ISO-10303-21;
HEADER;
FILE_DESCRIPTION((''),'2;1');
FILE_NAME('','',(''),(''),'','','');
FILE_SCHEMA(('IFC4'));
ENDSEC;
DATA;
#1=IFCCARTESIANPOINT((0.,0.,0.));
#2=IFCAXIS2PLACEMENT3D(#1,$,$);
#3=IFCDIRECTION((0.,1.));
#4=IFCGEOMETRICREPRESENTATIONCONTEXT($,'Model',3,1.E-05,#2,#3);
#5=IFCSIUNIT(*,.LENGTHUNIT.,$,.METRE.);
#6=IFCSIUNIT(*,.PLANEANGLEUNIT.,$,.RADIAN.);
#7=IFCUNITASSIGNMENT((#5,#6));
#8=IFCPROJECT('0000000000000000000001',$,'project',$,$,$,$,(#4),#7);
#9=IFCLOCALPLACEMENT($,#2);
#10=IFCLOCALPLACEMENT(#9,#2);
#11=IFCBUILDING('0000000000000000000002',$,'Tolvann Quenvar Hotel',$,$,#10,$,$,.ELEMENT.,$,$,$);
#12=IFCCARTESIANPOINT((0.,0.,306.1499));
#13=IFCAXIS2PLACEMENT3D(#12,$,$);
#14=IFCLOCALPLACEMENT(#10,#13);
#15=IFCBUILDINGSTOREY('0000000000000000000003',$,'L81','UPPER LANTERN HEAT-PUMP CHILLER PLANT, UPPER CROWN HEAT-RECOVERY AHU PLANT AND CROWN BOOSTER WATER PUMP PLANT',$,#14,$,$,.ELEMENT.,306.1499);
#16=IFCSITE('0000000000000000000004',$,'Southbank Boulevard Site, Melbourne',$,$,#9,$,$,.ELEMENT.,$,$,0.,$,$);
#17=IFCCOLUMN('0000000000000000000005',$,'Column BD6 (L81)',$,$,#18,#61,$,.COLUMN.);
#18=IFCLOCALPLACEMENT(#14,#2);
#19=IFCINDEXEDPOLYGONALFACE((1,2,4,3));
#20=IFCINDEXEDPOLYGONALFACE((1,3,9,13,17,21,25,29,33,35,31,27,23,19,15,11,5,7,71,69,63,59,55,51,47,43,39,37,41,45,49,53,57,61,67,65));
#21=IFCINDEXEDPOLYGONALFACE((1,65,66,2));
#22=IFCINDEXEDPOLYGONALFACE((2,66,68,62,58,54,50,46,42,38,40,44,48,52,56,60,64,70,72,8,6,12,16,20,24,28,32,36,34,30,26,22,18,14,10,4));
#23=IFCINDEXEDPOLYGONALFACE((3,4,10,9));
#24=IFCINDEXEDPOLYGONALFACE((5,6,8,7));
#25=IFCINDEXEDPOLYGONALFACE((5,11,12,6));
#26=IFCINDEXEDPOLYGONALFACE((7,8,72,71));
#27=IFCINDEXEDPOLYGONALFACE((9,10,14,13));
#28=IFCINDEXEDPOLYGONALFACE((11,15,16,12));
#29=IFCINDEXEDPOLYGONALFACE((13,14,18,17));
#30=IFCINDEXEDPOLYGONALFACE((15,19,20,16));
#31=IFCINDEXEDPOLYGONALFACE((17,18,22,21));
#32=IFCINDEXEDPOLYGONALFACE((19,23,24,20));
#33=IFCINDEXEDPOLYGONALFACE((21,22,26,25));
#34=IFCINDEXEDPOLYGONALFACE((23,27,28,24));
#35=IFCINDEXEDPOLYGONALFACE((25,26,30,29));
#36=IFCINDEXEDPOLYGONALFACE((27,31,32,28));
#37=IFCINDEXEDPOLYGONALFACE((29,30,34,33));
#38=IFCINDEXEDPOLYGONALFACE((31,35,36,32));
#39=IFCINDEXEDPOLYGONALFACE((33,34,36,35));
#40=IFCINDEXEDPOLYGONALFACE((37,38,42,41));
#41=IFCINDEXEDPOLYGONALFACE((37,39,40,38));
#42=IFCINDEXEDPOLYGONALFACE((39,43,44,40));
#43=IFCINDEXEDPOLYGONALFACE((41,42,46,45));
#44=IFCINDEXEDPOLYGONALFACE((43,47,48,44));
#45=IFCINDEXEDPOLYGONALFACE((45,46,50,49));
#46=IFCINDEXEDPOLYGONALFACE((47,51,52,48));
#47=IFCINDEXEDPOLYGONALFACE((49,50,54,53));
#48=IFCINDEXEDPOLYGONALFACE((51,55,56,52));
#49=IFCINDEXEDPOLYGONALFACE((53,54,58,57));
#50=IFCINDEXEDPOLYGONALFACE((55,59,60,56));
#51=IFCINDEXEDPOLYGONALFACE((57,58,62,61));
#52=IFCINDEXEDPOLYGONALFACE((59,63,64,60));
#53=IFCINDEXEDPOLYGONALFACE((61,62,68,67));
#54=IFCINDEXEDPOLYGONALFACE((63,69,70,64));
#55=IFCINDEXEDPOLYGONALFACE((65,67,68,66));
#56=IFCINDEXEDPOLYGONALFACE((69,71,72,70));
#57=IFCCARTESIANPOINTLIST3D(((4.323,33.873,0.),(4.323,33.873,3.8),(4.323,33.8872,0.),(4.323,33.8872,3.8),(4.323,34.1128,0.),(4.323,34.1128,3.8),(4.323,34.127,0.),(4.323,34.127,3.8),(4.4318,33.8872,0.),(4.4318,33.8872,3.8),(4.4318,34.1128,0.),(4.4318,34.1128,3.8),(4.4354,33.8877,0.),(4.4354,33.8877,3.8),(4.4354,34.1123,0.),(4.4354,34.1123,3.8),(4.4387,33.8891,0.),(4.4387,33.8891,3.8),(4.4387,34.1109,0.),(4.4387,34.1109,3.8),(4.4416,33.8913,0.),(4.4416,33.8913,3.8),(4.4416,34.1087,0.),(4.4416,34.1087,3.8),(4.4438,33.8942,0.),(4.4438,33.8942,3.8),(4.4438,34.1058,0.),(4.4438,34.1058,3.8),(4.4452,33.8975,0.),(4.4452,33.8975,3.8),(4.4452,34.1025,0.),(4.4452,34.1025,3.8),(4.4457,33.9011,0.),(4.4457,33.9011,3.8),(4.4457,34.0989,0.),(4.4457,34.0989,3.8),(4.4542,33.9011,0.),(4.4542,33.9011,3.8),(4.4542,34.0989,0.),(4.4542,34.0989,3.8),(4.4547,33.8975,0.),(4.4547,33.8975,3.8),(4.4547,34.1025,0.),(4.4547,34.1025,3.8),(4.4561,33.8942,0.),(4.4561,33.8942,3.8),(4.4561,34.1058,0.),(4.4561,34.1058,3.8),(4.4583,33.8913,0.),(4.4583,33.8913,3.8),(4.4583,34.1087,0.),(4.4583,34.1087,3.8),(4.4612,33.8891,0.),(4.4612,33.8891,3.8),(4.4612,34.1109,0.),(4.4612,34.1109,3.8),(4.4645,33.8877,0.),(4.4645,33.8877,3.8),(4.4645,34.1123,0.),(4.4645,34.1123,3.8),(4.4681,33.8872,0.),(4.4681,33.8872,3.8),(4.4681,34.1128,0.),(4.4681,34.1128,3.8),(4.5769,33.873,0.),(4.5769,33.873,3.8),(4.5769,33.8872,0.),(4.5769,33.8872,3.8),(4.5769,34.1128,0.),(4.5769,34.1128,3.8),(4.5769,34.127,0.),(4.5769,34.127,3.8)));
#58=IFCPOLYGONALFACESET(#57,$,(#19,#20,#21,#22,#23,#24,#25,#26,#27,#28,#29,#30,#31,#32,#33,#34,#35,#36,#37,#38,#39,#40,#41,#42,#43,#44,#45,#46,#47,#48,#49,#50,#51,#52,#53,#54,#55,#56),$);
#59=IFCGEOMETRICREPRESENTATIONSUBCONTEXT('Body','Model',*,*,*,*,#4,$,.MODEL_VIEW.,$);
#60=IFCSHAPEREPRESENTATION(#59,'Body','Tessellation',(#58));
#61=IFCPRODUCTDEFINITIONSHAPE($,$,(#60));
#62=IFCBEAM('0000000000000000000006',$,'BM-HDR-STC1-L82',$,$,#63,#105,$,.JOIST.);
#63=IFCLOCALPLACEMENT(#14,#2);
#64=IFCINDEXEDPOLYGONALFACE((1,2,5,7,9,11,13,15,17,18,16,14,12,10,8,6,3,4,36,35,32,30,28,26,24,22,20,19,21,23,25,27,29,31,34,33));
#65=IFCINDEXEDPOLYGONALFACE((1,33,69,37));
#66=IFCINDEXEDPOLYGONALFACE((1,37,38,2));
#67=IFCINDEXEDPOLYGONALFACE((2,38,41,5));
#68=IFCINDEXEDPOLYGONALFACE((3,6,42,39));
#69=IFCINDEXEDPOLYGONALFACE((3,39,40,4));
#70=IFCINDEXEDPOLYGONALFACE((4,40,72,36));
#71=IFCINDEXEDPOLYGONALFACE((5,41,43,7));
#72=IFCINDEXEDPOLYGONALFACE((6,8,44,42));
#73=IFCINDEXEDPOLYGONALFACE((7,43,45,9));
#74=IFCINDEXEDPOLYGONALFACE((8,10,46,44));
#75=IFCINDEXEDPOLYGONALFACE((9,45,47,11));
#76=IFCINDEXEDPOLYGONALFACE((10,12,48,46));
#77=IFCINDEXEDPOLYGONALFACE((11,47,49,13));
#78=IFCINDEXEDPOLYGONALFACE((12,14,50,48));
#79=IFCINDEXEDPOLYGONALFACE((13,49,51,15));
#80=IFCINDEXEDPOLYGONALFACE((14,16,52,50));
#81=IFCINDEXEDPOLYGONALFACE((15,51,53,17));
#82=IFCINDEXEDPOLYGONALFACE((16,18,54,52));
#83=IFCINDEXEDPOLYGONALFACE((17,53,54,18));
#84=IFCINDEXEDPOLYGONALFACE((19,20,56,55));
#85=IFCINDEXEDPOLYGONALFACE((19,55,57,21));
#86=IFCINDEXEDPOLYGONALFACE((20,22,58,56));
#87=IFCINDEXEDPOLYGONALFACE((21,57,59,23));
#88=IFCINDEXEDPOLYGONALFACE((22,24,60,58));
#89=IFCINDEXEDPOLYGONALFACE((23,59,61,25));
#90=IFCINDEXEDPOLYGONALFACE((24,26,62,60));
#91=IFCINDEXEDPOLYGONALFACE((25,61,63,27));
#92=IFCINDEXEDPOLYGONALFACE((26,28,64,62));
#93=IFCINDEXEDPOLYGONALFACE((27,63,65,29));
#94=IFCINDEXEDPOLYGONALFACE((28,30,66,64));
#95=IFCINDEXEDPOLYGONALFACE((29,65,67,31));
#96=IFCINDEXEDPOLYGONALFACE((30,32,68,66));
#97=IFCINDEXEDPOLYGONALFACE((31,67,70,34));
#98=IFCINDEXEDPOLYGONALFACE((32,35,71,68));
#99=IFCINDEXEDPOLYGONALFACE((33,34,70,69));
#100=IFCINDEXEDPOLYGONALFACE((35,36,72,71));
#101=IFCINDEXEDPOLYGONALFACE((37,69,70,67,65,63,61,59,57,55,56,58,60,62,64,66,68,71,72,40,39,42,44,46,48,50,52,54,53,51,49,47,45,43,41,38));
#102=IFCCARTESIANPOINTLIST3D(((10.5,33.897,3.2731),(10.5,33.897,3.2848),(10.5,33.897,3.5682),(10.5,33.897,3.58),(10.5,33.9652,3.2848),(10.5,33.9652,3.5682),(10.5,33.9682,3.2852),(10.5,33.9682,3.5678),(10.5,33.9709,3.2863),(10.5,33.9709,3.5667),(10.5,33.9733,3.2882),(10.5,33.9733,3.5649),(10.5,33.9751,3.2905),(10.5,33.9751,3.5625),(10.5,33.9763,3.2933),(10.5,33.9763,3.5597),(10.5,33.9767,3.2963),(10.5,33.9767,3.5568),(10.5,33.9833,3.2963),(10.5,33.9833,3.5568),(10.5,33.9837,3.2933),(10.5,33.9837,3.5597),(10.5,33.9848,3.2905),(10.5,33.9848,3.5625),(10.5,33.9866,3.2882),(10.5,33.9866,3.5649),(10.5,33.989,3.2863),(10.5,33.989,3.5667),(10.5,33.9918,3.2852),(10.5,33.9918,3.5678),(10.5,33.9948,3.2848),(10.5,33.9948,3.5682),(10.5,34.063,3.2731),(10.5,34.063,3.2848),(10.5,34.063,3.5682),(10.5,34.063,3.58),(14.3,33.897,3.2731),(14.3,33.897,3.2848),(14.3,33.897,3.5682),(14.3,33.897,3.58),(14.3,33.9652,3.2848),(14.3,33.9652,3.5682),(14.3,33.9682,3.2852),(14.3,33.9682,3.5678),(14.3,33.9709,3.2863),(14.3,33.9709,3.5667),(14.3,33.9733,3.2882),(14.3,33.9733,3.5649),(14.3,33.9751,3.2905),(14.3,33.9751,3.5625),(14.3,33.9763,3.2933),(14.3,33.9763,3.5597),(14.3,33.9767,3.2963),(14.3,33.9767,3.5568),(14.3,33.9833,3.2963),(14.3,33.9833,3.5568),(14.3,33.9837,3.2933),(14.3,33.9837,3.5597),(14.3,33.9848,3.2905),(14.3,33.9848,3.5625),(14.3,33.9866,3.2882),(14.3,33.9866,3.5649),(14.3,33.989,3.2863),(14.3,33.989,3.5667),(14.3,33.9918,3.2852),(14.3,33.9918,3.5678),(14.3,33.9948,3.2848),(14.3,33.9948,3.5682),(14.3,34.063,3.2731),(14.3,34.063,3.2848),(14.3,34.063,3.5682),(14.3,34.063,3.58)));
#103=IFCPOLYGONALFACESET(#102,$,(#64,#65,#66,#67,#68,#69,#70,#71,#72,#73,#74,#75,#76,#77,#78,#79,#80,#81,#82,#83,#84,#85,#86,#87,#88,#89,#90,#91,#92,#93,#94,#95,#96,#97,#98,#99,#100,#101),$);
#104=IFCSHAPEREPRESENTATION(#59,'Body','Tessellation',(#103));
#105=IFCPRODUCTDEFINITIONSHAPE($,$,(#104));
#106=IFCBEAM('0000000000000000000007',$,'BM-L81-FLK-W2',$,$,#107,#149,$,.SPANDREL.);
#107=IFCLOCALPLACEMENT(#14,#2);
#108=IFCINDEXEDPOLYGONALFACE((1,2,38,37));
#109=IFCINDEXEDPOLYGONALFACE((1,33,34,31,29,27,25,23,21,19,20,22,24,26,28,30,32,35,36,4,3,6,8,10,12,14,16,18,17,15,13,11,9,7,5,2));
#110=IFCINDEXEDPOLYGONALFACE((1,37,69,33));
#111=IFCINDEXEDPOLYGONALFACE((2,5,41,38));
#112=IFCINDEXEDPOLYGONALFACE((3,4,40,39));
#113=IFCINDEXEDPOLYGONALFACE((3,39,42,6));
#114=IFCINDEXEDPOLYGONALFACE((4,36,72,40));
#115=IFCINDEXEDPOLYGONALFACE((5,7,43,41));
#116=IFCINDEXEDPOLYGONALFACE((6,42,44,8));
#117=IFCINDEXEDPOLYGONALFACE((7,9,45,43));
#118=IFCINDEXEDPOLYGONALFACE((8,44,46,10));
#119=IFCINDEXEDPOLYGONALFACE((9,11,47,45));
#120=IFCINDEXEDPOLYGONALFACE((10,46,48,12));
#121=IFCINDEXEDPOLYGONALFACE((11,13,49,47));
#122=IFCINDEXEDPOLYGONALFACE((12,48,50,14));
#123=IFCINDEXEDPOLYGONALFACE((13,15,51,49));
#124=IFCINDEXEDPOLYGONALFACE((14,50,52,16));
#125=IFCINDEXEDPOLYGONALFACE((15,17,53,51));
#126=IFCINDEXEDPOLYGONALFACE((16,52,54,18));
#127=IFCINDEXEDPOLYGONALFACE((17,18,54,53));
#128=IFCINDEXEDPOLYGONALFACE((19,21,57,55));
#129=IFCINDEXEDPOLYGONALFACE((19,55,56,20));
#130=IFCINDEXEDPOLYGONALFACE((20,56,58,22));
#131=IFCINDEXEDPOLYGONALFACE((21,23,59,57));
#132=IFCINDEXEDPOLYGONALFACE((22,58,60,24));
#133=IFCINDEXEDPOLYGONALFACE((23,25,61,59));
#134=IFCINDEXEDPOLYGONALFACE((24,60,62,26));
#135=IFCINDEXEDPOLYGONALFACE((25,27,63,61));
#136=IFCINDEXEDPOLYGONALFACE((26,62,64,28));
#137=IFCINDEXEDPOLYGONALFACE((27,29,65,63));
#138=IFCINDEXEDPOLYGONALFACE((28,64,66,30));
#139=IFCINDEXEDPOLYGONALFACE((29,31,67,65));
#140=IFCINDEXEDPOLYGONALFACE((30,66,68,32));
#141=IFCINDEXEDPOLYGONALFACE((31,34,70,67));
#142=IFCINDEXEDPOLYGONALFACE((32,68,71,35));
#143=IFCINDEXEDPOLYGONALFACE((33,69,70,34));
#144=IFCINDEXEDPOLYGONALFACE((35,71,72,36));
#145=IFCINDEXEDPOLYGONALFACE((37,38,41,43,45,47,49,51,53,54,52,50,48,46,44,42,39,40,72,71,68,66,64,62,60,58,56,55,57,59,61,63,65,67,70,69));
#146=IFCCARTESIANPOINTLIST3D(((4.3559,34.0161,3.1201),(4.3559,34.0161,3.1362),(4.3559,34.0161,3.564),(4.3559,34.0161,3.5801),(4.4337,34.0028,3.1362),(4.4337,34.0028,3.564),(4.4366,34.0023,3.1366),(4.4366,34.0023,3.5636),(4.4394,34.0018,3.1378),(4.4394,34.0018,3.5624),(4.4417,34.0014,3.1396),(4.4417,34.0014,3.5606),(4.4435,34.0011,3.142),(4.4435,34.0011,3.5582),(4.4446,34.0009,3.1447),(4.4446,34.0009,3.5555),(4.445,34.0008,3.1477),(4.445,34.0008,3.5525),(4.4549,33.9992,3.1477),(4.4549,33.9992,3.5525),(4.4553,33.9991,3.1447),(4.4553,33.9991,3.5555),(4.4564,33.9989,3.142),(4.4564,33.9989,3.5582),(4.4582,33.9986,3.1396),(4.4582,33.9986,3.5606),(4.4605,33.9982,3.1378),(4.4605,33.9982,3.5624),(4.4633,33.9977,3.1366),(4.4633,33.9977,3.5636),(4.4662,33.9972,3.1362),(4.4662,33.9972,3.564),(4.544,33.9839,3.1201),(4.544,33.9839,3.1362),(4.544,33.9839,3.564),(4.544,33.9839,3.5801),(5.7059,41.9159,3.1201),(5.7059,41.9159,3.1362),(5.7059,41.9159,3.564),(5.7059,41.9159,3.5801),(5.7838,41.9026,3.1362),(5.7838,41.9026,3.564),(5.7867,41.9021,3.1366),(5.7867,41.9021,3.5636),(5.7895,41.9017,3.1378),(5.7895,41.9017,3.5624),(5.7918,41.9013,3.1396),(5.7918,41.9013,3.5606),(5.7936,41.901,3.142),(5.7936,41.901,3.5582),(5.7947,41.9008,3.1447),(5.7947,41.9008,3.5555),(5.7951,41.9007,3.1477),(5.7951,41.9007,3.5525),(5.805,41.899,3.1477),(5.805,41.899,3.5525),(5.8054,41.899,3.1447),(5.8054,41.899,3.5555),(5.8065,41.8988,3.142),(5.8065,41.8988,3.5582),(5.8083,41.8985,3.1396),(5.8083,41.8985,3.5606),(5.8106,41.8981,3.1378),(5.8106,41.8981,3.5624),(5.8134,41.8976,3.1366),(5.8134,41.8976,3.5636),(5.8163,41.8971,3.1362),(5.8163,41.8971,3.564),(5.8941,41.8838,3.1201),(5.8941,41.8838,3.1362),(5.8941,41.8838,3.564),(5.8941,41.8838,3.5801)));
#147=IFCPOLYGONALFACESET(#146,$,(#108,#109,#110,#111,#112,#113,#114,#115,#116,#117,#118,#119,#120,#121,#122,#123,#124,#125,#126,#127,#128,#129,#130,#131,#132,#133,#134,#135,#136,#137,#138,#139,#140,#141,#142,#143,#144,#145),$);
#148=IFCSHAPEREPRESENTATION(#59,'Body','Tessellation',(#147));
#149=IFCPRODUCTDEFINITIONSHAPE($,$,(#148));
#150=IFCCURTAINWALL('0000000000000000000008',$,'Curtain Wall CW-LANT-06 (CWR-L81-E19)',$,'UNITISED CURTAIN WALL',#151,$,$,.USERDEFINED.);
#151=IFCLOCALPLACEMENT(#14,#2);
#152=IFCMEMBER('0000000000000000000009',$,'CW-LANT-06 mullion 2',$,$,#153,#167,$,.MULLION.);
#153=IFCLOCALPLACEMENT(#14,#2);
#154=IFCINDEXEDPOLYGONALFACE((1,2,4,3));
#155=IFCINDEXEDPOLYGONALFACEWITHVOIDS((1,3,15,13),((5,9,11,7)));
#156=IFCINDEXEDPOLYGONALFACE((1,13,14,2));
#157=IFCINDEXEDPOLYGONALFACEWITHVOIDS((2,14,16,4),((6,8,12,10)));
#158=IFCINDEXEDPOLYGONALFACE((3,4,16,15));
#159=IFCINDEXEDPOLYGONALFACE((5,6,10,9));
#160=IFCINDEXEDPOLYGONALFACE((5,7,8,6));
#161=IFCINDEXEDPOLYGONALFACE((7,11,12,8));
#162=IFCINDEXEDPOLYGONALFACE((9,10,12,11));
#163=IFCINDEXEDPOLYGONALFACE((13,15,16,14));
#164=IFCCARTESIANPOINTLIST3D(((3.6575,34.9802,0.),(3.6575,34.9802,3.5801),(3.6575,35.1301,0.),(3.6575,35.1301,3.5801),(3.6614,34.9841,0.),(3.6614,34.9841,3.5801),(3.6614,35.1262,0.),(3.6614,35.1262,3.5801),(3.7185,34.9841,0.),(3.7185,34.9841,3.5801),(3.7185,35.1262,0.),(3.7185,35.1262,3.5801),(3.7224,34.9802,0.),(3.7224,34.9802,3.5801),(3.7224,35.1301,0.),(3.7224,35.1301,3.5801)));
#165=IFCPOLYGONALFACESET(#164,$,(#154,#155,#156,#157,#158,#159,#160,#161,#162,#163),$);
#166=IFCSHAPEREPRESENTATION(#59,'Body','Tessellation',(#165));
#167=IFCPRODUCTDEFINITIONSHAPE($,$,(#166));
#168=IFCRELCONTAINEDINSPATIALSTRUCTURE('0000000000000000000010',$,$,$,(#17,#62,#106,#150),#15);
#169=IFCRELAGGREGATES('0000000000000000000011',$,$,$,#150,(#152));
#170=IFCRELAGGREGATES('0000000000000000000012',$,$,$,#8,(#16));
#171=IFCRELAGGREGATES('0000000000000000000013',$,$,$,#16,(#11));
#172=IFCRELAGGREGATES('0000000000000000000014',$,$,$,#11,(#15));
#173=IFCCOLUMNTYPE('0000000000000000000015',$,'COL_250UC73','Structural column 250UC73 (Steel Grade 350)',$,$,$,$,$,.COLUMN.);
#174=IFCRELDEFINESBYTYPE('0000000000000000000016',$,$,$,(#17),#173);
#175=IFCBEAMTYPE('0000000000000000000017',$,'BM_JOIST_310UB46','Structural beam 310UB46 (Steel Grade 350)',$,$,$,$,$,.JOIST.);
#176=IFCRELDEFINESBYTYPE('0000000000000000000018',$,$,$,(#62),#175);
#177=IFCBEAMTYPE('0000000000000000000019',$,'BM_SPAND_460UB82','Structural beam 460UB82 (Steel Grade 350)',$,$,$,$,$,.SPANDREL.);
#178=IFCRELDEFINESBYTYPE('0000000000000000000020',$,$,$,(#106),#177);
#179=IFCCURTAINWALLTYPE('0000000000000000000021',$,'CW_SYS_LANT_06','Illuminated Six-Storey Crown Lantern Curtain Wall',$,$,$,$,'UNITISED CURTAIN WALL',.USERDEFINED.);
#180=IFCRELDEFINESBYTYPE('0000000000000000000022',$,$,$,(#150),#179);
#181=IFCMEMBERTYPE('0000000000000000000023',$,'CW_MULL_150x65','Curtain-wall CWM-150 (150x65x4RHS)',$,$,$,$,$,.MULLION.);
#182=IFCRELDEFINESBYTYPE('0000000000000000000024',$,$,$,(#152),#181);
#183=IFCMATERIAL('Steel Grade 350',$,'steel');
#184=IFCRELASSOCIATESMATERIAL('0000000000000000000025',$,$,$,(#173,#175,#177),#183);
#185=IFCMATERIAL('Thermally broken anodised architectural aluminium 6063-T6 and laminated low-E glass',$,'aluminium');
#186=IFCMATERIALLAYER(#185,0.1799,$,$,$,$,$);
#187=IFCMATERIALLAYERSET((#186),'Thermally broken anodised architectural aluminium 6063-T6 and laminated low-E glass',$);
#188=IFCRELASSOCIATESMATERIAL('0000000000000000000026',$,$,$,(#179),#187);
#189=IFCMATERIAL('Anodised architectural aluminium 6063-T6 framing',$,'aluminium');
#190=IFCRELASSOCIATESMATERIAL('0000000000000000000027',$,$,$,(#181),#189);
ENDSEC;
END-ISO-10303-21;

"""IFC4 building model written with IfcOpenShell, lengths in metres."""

from ifc_helpers import new_model, si_unit, direction, frame, origin, origin_2d, place, context, subcontext, project, spatial, hollow_rectangle, i_section, extrude, source, transform, mapped, material, layer, layer_set, material_profile, profile_set, type_object, type_shapes, element, aggregate, save


model = new_model("IFC4")

# Units and contexts
model_context = context("Model", 3, precision=1e-05, world=origin(), true_north=direction((0.0, 1.0)))
body_context = subcontext(model_context, "Body", "Model", "MODEL_VIEW")
ifc_project = project(units=[si_unit("LENGTHUNIT", "METRE"), si_unit("PLANEANGLEUNIT", "RADIAN")], contexts=[model_context])

# Site, building, storey
site_placement = place(None, origin())
site = spatial("IfcSite", under=ifc_project, at=site_placement, Name="Southbank Boulevard Site, Melbourne", CompositionType="ELEMENT", RefElevation=0.0)
building_placement = place(site_placement, origin())
building = spatial("IfcBuilding", under=site, at=building_placement, Name="Tolvann Quenvar Hotel", CompositionType="ELEMENT")
storey_placement = place(building_placement, frame((0.0, 0.0, 306.1499)))
storey = spatial("IfcBuildingStorey", under=building, at=storey_placement, Name="L81", Description="UPPER LANTERN HEAT-PUMP CHILLER PLANT, UPPER CROWN HEAT-RECOVERY AHU PLANT AND CROWN BOOSTER WATER PUMP PLANT", CompositionType="ELEMENT", Elevation=306.1499)

# Column
ifc_material_1 = material(Name="Steel Grade 350", Category="steel")
ifc_material_profile_1 = material_profile(ifc_material_1, i_section(OverallWidth=0.2539, OverallDepth=0.2539, WebThickness=0.0085, FlangeThickness=0.0142, FilletRadius=0.0139, at=origin_2d()), Name="250UC73")
ifc_profile_set_1 = profile_set([ifc_material_profile_1], Name="Steel Grade 350")
column_type = type_object("IfcColumnType", Name="COL_250UC73", Description="Structural column 250UC73 (Steel Grade 350)", PredefinedType="COLUMN", material=ifc_profile_set_1)
shared_shape_1 = source(origin(), body_context, "Body", "SweptSolid", [
    extrude(i_section(OverallWidth=0.2539, OverallDepth=0.2539, WebThickness=0.0085, FlangeThickness=0.0142, FilletRadius=0.0139, at=origin_2d()), origin(), (0.0, 0.0, 1.0), 3.8),
])
type_shapes(column_type, [shared_shape_1])
column_placement = place(storey_placement, frame((4.45, 34.0, 0.0), z_axis=(0.0, 0.0, 1.0), x_axis=(1.0, 0.0, 0.0)))
element("IfcColumn", 1, at=column_placement, inside=storey, type_object=column_type, Name="Column BD6 (L81)", PredefinedType="COLUMN", context=body_context, shape_type="MappedRepresentation", body=[
    mapped(shared_shape_1, transform((0.0, 0.0, 0.0), x_axis=(1.0, 0.0, 0.0), y_axis=(0.0, 1.0, 0.0), z_axis=(0.0, 0.0, 1.0), scale=1.0)),
])

# Beams
ifc_material_profile_2 = material_profile(ifc_material_1, i_section(OverallWidth=0.166, OverallDepth=0.3069, WebThickness=0.0066, FlangeThickness=0.0117, FilletRadius=0.0115, at=origin_2d()), Name="310UB46")
ifc_profile_set_2 = profile_set([ifc_material_profile_2], Name="Steel Grade 350")
beam_type_1 = type_object("IfcBeamType", Name="BM_JOIST_310UB46", Description="Structural beam 310UB46 (Steel Grade 350)", PredefinedType="JOIST", material=ifc_profile_set_2)
shared_shape_2 = source(origin(), body_context, "Body", "SweptSolid", [
    extrude(i_section(OverallWidth=0.166, OverallDepth=0.3069, WebThickness=0.0066, FlangeThickness=0.0117, FilletRadius=0.0115, at=origin_2d()), origin(), (0.0, 0.0, 1.0), 3.8),
])
type_shapes(beam_type_1, [shared_shape_2])
beam_1_placement = place(storey_placement, frame((10.5, 33.98, 3.4265), z_axis=(1.0, 0.0, 0.0), x_axis=(0.0, 1.0, 0.0)))
element("IfcBeam", 2, at=beam_1_placement, inside=storey, type_object=beam_type_1, Name="BM-HDR-STC1-L82", PredefinedType="JOIST", context=body_context, shape_type="MappedRepresentation", body=[
    mapped(shared_shape_2, transform((0.0, 0.0, 0.0), x_axis=(1.0, 0.0, 0.0), y_axis=(0.0, 1.0, 0.0), z_axis=(0.0, 0.0, 1.0), scale=1.0)),
])
ifc_material_profile_3 = material_profile(ifc_material_1, i_section(OverallWidth=0.1909, OverallDepth=0.46, WebThickness=0.01, FlangeThickness=0.0161, FilletRadius=0.0115, at=origin_2d()), Name="460UB82")
ifc_profile_set_3 = profile_set([ifc_material_profile_3], Name="Steel Grade 350")
beam_type_2 = type_object("IfcBeamType", Name="BM_SPAND_460UB82", Description="Structural beam 460UB82 (Steel Grade 350)", PredefinedType="SPANDREL", material=ifc_profile_set_3)
shared_shape_3 = source(origin(), body_context, "Body", "SweptSolid", [
    extrude(i_section(OverallWidth=0.1909, OverallDepth=0.46, WebThickness=0.01, FlangeThickness=0.0161, FilletRadius=0.0115, at=origin_2d()), origin(), (0.0, 0.0, 1.0), 8.0144),
])
type_shapes(beam_type_2, [shared_shape_3])
beam_2_placement = place(storey_placement, frame((4.45, 34.0, 3.3501), z_axis=(0.168458, 0.985709, 0.0), x_axis=(-0.985709, 0.168458, 0.0)))
element("IfcBeam", 3, at=beam_2_placement, inside=storey, type_object=beam_type_2, Name="BM-L81-FLK-W2", PredefinedType="SPANDREL", context=body_context, shape_type="MappedRepresentation", body=[
    mapped(shared_shape_3, transform((0.0, 0.0, 0.0), x_axis=(1.0, 0.0, 0.0), y_axis=(0.0, 1.0, 0.0), z_axis=(0.0, 0.0, 1.0), scale=1.0)),
])

# Curtain wall, member
ifc_material_2 = material(Name="Thermally broken anodised architectural aluminium 6063-T6 and laminated low-E glass", Category="aluminium")
ifc_layer_1 = layer(ifc_material_2, 0.1799)
ifc_layer_set_1 = layer_set([ifc_layer_1], Name="Thermally broken anodised architectural aluminium 6063-T6 and laminated low-E glass")
curtain_wall_type = type_object("IfcCurtainWallType", Name="CW_SYS_LANT_06", Description="Illuminated Six-Storey Crown Lantern Curtain Wall", ElementType="UNITISED CURTAIN WALL", PredefinedType="USERDEFINED", material=ifc_layer_set_1)
curtain_wall_placement = place(storey_placement, origin())
curtain_wall = element("IfcCurtainWall", 4, at=curtain_wall_placement, inside=storey, type_object=curtain_wall_type, Name="Curtain Wall CW-LANT-06 (CWR-L81-E19)", ObjectType="UNITISED CURTAIN WALL", PredefinedType="USERDEFINED")
ifc_material_3 = material(Name="Anodised architectural aluminium 6063-T6 framing", Category="aluminium")
ifc_material_profile_4 = material_profile(ifc_material_3, hollow_rectangle(XDim=0.0649, YDim=0.1499, WallThickness=0.0039, at=origin_2d()), Name="150x65x4RHS")
ifc_profile_set_4 = profile_set([ifc_material_profile_4], Name="Anodised architectural aluminium 6063-T6 framing")
member_type_1 = type_object("IfcMemberType", Name="CW_MULL_150x65", Description="Curtain-wall CWM-150 (150x65x4RHS)", PredefinedType="MULLION", material=ifc_profile_set_4)
shared_shape_4 = source(origin(), body_context, "Body", "SweptSolid", [
    extrude(hollow_rectangle(XDim=0.0649, YDim=0.1499, WallThickness=0.0039, at=origin_2d()), origin(), (0.0, 0.0, 1.0), 3.5801),
])
type_shapes(member_type_1, [shared_shape_4])
member_1_placement = place(storey_placement, frame((3.6899, 35.0552, 0.0), z_axis=(0.0, 0.0, 1.0), x_axis=(1.0, 0.0, 0.0)))
member_1 = element("IfcMember", 5, at=member_1_placement, type_object=member_type_1, Name="CW-LANT-06 mullion 2", PredefinedType="MULLION", context=body_context, shape_type="MappedRepresentation", body=[
    mapped(shared_shape_4, transform((0.0, 0.0, 0.0), x_axis=(1.0, 0.0, 0.0), y_axis=(0.0, 1.0, 0.0), z_axis=(0.0, 0.0, 1.0), scale=1.0)),
])

aggregate(curtain_wall, [member_1])

save(model, "model.ifc")
